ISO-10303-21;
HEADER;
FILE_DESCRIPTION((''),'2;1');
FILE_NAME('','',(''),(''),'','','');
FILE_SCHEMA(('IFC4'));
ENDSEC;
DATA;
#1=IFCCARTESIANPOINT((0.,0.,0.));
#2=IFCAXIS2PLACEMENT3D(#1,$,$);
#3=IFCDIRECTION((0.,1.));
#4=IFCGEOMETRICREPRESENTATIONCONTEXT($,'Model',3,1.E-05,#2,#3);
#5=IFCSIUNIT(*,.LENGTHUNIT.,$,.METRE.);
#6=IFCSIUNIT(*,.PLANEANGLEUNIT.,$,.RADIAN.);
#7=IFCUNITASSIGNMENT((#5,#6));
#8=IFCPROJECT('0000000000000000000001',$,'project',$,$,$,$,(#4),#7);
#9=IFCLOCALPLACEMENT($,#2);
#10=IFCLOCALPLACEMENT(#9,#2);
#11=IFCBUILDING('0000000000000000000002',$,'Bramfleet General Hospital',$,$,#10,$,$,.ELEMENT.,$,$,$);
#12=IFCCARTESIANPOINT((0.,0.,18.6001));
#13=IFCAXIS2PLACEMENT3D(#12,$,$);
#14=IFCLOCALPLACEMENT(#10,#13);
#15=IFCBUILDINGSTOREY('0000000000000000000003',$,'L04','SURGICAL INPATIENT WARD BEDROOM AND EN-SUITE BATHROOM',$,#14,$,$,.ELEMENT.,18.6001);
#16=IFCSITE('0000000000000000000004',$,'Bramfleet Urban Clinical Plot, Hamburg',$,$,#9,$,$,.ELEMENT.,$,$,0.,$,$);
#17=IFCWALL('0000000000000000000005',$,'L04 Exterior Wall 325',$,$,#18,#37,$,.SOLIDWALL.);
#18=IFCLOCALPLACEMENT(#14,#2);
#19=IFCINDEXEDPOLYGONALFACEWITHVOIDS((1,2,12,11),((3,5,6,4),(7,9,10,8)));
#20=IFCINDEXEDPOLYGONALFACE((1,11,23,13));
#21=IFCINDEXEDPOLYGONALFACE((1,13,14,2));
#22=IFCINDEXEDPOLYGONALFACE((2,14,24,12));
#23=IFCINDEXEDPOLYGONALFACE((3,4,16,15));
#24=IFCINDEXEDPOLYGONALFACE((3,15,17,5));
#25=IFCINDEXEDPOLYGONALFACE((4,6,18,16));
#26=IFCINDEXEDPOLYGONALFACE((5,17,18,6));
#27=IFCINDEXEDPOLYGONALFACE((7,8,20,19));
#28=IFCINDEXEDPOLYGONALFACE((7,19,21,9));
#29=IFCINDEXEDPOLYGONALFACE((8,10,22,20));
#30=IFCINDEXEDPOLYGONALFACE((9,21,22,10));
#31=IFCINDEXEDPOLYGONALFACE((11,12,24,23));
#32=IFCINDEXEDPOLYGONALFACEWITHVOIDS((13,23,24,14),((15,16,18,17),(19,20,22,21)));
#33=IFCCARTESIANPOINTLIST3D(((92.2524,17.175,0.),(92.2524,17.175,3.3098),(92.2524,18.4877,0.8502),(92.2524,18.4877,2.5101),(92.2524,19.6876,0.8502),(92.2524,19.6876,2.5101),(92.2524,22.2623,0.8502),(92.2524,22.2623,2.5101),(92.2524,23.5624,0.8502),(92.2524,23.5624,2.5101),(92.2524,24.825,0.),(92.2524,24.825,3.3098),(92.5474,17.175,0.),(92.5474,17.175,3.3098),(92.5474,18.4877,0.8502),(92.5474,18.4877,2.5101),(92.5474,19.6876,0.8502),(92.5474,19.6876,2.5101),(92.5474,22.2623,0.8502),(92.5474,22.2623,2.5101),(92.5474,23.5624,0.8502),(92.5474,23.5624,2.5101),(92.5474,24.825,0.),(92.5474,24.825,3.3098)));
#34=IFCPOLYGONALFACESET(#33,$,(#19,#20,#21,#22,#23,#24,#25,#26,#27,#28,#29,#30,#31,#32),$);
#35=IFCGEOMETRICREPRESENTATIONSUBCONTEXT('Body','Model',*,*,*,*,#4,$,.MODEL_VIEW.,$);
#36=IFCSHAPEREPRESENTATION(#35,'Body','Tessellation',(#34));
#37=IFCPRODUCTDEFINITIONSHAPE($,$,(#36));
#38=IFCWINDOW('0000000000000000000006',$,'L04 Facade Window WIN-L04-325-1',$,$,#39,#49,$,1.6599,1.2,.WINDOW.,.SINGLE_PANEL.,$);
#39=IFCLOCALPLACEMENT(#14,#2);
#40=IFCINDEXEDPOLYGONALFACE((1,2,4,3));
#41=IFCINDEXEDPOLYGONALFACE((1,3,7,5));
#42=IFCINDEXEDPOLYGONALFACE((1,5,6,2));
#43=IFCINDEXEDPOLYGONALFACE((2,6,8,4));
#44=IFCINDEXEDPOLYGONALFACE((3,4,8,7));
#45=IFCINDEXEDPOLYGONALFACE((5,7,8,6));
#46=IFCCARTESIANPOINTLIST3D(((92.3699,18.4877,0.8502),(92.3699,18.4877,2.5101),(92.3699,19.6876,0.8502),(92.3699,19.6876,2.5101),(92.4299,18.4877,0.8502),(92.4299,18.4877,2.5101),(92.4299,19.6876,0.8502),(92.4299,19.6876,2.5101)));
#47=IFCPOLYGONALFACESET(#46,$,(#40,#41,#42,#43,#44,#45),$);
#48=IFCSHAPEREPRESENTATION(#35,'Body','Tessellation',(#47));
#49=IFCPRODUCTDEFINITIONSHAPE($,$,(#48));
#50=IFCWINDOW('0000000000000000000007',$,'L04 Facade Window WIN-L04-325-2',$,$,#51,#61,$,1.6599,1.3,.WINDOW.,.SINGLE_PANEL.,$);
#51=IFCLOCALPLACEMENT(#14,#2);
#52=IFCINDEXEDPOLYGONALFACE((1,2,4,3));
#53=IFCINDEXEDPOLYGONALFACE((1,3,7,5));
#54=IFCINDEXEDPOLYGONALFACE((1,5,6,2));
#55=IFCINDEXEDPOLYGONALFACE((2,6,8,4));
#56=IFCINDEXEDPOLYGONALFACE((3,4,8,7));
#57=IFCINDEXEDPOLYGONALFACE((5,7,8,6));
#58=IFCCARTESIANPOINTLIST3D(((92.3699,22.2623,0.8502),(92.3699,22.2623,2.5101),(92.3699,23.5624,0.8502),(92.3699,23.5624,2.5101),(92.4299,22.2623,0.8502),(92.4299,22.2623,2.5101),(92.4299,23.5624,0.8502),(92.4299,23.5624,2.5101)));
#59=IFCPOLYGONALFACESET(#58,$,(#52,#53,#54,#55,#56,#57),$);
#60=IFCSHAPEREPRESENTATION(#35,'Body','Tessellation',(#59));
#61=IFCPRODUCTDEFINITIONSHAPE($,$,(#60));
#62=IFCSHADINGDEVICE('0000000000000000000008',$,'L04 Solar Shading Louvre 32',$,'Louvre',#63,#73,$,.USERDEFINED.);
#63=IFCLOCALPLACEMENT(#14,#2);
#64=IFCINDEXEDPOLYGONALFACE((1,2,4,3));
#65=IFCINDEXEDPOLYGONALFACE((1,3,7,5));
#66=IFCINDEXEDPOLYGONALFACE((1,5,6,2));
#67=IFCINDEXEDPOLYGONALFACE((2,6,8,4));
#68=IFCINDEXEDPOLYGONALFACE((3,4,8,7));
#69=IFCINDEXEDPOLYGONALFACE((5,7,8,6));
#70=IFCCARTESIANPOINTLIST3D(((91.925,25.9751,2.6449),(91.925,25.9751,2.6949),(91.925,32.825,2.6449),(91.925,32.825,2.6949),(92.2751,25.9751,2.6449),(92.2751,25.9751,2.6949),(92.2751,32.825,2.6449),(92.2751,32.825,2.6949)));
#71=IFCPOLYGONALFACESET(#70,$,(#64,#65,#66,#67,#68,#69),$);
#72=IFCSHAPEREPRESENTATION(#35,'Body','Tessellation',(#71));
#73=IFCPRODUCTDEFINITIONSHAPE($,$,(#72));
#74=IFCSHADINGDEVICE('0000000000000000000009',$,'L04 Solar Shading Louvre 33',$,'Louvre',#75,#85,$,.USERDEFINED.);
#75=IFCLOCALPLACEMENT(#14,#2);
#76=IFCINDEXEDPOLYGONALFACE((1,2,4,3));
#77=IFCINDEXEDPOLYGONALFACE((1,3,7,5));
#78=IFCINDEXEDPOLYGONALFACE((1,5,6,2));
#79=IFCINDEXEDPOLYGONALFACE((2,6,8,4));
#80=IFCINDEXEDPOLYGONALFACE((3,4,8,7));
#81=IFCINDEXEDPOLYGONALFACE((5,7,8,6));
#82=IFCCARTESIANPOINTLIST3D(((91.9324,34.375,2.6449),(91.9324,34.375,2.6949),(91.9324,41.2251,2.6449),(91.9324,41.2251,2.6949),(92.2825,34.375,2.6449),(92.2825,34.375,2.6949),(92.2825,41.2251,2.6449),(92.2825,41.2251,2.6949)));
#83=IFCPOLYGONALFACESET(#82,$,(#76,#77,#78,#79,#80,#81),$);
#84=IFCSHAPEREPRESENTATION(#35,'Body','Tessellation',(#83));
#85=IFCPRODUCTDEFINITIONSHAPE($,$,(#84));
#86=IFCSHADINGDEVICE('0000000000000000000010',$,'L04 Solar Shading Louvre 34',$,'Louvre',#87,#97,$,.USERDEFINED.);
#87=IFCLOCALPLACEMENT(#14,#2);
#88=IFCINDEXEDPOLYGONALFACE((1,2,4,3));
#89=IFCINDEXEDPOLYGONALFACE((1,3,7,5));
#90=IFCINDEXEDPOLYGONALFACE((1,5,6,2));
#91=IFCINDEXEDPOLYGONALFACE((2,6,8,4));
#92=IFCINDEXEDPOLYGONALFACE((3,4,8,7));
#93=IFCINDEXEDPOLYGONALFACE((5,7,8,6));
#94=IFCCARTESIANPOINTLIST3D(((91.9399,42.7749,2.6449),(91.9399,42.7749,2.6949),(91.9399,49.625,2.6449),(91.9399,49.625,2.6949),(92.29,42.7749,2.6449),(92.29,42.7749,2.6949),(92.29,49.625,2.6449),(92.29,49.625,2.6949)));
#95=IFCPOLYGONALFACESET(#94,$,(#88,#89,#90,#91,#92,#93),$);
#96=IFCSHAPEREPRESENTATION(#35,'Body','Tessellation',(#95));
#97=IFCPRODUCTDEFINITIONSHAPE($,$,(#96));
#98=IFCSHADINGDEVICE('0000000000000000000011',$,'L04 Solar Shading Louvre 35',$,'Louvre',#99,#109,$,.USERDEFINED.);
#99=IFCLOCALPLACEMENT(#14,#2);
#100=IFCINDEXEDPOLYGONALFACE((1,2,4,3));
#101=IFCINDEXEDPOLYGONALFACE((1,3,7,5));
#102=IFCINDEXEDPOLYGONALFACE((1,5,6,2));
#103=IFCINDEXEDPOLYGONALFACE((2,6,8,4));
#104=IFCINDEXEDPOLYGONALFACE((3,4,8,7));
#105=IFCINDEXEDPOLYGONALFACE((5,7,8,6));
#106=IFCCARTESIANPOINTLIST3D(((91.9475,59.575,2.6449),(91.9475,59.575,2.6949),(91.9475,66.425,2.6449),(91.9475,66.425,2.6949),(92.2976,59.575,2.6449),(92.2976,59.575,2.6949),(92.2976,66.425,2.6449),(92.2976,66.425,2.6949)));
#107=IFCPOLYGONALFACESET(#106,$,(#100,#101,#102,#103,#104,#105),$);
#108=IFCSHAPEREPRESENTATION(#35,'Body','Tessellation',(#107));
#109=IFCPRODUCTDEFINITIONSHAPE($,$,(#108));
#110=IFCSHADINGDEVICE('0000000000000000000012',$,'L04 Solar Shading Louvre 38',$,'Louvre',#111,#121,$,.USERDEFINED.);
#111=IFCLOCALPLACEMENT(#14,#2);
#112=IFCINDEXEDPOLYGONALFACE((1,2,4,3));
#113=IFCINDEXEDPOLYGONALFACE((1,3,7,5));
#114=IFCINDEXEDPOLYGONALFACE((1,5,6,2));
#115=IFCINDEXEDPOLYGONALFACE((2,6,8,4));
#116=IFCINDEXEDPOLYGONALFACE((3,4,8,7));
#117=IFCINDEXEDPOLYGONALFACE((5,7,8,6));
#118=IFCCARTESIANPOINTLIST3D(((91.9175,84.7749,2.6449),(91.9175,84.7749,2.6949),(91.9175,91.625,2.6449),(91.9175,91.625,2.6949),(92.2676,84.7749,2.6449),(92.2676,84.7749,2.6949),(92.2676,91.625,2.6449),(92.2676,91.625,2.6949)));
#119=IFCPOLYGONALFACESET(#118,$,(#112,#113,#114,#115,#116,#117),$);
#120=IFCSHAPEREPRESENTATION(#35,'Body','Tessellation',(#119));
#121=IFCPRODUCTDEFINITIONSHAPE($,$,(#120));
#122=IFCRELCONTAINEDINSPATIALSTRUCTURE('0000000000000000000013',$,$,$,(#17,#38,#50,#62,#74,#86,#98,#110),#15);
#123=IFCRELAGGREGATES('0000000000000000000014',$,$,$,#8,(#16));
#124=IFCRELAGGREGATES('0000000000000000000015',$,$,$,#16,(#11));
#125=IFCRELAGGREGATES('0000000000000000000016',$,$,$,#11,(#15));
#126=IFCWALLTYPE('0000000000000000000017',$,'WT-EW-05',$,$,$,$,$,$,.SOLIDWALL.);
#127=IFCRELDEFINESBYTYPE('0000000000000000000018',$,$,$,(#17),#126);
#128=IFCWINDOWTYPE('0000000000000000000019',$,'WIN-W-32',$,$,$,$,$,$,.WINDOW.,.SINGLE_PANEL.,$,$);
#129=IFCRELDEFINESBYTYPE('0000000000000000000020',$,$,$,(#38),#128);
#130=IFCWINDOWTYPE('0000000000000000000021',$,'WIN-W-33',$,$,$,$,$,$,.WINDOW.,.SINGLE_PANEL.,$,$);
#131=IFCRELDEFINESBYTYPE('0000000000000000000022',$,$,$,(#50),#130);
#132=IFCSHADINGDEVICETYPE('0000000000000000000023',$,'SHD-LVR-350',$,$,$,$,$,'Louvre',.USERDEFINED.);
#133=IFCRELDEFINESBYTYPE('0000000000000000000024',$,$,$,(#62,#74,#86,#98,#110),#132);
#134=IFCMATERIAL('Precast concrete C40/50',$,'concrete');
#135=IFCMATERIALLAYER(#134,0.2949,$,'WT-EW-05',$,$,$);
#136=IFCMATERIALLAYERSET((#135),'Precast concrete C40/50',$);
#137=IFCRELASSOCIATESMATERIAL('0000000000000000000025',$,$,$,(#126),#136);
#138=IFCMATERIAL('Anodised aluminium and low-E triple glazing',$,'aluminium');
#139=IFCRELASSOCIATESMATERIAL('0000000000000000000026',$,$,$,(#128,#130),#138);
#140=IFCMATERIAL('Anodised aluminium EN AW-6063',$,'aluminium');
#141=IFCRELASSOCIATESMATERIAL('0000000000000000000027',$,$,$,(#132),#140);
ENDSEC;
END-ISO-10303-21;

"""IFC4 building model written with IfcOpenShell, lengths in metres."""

from ifc_helpers import new_model, si_unit, direction, frame, frame_2d, origin, origin_2d, place, context, subcontext, project, spatial, rectangle, extrude, material, layer, layer_set, material_profile, profile_set, type_object, element, fill, save


model = new_model("IFC4")

# Units and contexts
model_context = context("Model", 3, precision=1e-05, world=origin(), true_north=direction((0.0, 1.0)))
body_context = subcontext(model_context, "Body", "Model", "MODEL_VIEW")
ifc_project = project(units=[si_unit("LENGTHUNIT", "METRE"), si_unit("PLANEANGLEUNIT", "RADIAN")], contexts=[model_context])

# Site, building, storey
site_placement = place(None, origin())
site = spatial("IfcSite", under=ifc_project, at=site_placement, Name="Bramfleet Urban Clinical Plot, Hamburg", CompositionType="ELEMENT", RefElevation=0.0)
building_placement = place(site_placement, origin())
building = spatial("IfcBuilding", under=site, at=building_placement, Name="Bramfleet General Hospital", CompositionType="ELEMENT")
storey_placement = place(building_placement, frame((0.0, 0.0, 18.6001)))
storey = spatial("IfcBuildingStorey", under=building, at=storey_placement, Name="L04", Description="SURGICAL INPATIENT WARD BEDROOM AND EN-SUITE BATHROOM", CompositionType="ELEMENT", Elevation=18.6001)

# Shared definitions
ifc_material_1 = material(Name="Anodised aluminium and low-E triple glazing", Category="aluminium")

# Wall, openings, windows
ifc_material_2 = material(Name="Precast concrete C40/50", Category="concrete")
ifc_layer_1 = layer(ifc_material_2, 0.2949, Name="WT-EW-05")
ifc_layer_set_1 = layer_set([ifc_layer_1], Name="Precast concrete C40/50")
wall_type = type_object("IfcWallType", Name="WT-EW-05", PredefinedType="SOLIDWALL", material=ifc_layer_set_1)
wall_placement = place(storey_placement, frame((92.3999, 17.175, 0.0), z_axis=(0.0, 0.0, 1.0), x_axis=(0.0, 1.0, 0.0)))
wall = element("IfcWall", 1, at=wall_placement, inside=storey, type_object=wall_type, Name="L04 Exterior Wall 325", PredefinedType="SOLIDWALL", context=body_context, shape_type="SweptSolid", body=[
    extrude(rectangle(XDim=7.6499, YDim=0.2949, at=frame_2d((3.825, 0.0))), origin(), (0.0, 0.0, 1.0), 3.3098),
])
opening_1_placement = place(wall_placement, frame((1.3125, 0.0, 0.8501)))
opening_1 = element("IfcOpeningElement", 2, at=opening_1_placement, cuts=wall, PredefinedType="OPENING", context=body_context, shape_type="SweptSolid", body=[
    extrude(rectangle(XDim=1.2, YDim=1.6599, at=frame_2d((0.6001, 0.8301))), frame((0.0, 0.1575, 0.0), z_axis=(0.0, -1.0, 0.0), x_axis=(1.0, 0.0, 0.0)), (0.0, 0.0, 1.0), 0.3149),
])
opening_2_placement = place(wall_placement, frame((5.0874, 0.0, 0.8501)))
opening_2 = element("IfcOpeningElement", 3, at=opening_2_placement, cuts=wall, PredefinedType="OPENING", context=body_context, shape_type="SweptSolid", body=[
    extrude(rectangle(XDim=1.3, YDim=1.6599, at=frame_2d((0.6499, 0.8301))), frame((0.0, 0.1575, 0.0), z_axis=(0.0, -1.0, 0.0), x_axis=(1.0, 0.0, 0.0)), (0.0, 0.0, 1.0), 0.3149),
])
window_type_1 = type_object("IfcWindowType", Name="WIN-W-32", PartitioningType="SINGLE_PANEL", PredefinedType="WINDOW", material=ifc_material_1)
window_1_placement = place(opening_1_placement, origin())
window_1 = element("IfcWindow", 4, at=window_1_placement, inside=storey, type_object=window_type_1, Name="L04 Facade Window WIN-L04-325-1", OverallHeight=1.6599, OverallWidth=1.2, PartitioningType="SINGLE_PANEL", PredefinedType="WINDOW", context=body_context, shape_type="SweptSolid", body=[
    extrude(rectangle(XDim=1.2, YDim=1.6599, at=frame_2d((0.6001, 0.8301))), frame((0.0, 0.03, 0.0), z_axis=(0.0, -1.0, 0.0), x_axis=(1.0, 0.0, 0.0)), (0.0, 0.0, 1.0), 0.0601),
])
fill(opening_1, window_1)
window_type_2 = type_object("IfcWindowType", Name="WIN-W-33", PartitioningType="SINGLE_PANEL", PredefinedType="WINDOW", material=ifc_material_1)
window_2_placement = place(opening_2_placement, origin())
window_2 = element("IfcWindow", 5, at=window_2_placement, inside=storey, type_object=window_type_2, Name="L04 Facade Window WIN-L04-325-2", OverallHeight=1.6599, OverallWidth=1.3, PartitioningType="SINGLE_PANEL", PredefinedType="WINDOW", context=body_context, shape_type="SweptSolid", body=[
    extrude(rectangle(XDim=1.3, YDim=1.6599, at=frame_2d((0.6499, 0.8301))), frame((0.0, 0.03, 0.0), z_axis=(0.0, -1.0, 0.0), x_axis=(1.0, 0.0, 0.0)), (0.0, 0.0, 1.0), 0.0601),
])
fill(opening_2, window_2)

# Shading devices
ifc_material_3 = material(Name="Anodised aluminium EN AW-6063", Category="aluminium")
ifc_material_profile_1 = material_profile(ifc_material_3, rectangle(XDim=0.05, YDim=0.3501, at=origin_2d()), Name="ALU LOUVRE 350x50")
ifc_profile_set_1 = profile_set([ifc_material_profile_1], Name="Anodised aluminium EN AW-6063")
shading_device_type = type_object("IfcShadingDeviceType", Name="SHD-LVR-350", ElementType="Louvre", PredefinedType="USERDEFINED", material=ifc_profile_set_1)
shading_device_placement = place(storey_placement, frame((92.1001, 25.9751, 2.6699), z_axis=(0.0, 1.0, 0.0), x_axis=(0.0, 0.0, 1.0)))
element("IfcShadingDevice", 6, at=shading_device_placement, inside=storey, type_object=shading_device_type, Name="L04 Solar Shading Louvre 32", ObjectType="Louvre", PredefinedType="USERDEFINED", context=body_context, shape_type="SweptSolid", body=[
    extrude(rectangle(XDim=0.05, YDim=0.3501, at=origin_2d()), origin(), (0.0, 0.0, 1.0), 6.8499),
])
for number, where, z_axis, x_axis, name in (
    (7, (92.1074, 34.375, 2.6699), (0.0, 1.0, 0.0), (0.0, 0.0, 1.0), "L04 Solar Shading Louvre 33"),
    (8, (92.115, 42.7749, 2.6699), (0.0, 1.0, 0.0), (0.0, 0.0, 1.0), "L04 Solar Shading Louvre 34"),
    (9, (92.1226, 59.575, 2.6699), (0.0, 1.0, 0.0), (0.0, 0.0, 1.0), "L04 Solar Shading Louvre 35"),
    (10, (92.0925, 84.7749, 2.6699), (0.0, 1.0, 0.0), (0.0, 0.0, 1.0), "L04 Solar Shading Louvre 38"),
):
    element("IfcShadingDevice", number, at=place(storey_placement, frame(where, z_axis=z_axis, x_axis=x_axis)), inside=storey, type_object=shading_device_type, Name=name, ObjectType="Louvre", PredefinedType="USERDEFINED", context=body_context, shape_type="SweptSolid", body=[
        extrude(rectangle(XDim=0.05, YDim=0.3501, at=origin_2d()), origin(), (0.0, 0.0, 1.0), 6.8501),
    ])

save(model, "model.ifc")
